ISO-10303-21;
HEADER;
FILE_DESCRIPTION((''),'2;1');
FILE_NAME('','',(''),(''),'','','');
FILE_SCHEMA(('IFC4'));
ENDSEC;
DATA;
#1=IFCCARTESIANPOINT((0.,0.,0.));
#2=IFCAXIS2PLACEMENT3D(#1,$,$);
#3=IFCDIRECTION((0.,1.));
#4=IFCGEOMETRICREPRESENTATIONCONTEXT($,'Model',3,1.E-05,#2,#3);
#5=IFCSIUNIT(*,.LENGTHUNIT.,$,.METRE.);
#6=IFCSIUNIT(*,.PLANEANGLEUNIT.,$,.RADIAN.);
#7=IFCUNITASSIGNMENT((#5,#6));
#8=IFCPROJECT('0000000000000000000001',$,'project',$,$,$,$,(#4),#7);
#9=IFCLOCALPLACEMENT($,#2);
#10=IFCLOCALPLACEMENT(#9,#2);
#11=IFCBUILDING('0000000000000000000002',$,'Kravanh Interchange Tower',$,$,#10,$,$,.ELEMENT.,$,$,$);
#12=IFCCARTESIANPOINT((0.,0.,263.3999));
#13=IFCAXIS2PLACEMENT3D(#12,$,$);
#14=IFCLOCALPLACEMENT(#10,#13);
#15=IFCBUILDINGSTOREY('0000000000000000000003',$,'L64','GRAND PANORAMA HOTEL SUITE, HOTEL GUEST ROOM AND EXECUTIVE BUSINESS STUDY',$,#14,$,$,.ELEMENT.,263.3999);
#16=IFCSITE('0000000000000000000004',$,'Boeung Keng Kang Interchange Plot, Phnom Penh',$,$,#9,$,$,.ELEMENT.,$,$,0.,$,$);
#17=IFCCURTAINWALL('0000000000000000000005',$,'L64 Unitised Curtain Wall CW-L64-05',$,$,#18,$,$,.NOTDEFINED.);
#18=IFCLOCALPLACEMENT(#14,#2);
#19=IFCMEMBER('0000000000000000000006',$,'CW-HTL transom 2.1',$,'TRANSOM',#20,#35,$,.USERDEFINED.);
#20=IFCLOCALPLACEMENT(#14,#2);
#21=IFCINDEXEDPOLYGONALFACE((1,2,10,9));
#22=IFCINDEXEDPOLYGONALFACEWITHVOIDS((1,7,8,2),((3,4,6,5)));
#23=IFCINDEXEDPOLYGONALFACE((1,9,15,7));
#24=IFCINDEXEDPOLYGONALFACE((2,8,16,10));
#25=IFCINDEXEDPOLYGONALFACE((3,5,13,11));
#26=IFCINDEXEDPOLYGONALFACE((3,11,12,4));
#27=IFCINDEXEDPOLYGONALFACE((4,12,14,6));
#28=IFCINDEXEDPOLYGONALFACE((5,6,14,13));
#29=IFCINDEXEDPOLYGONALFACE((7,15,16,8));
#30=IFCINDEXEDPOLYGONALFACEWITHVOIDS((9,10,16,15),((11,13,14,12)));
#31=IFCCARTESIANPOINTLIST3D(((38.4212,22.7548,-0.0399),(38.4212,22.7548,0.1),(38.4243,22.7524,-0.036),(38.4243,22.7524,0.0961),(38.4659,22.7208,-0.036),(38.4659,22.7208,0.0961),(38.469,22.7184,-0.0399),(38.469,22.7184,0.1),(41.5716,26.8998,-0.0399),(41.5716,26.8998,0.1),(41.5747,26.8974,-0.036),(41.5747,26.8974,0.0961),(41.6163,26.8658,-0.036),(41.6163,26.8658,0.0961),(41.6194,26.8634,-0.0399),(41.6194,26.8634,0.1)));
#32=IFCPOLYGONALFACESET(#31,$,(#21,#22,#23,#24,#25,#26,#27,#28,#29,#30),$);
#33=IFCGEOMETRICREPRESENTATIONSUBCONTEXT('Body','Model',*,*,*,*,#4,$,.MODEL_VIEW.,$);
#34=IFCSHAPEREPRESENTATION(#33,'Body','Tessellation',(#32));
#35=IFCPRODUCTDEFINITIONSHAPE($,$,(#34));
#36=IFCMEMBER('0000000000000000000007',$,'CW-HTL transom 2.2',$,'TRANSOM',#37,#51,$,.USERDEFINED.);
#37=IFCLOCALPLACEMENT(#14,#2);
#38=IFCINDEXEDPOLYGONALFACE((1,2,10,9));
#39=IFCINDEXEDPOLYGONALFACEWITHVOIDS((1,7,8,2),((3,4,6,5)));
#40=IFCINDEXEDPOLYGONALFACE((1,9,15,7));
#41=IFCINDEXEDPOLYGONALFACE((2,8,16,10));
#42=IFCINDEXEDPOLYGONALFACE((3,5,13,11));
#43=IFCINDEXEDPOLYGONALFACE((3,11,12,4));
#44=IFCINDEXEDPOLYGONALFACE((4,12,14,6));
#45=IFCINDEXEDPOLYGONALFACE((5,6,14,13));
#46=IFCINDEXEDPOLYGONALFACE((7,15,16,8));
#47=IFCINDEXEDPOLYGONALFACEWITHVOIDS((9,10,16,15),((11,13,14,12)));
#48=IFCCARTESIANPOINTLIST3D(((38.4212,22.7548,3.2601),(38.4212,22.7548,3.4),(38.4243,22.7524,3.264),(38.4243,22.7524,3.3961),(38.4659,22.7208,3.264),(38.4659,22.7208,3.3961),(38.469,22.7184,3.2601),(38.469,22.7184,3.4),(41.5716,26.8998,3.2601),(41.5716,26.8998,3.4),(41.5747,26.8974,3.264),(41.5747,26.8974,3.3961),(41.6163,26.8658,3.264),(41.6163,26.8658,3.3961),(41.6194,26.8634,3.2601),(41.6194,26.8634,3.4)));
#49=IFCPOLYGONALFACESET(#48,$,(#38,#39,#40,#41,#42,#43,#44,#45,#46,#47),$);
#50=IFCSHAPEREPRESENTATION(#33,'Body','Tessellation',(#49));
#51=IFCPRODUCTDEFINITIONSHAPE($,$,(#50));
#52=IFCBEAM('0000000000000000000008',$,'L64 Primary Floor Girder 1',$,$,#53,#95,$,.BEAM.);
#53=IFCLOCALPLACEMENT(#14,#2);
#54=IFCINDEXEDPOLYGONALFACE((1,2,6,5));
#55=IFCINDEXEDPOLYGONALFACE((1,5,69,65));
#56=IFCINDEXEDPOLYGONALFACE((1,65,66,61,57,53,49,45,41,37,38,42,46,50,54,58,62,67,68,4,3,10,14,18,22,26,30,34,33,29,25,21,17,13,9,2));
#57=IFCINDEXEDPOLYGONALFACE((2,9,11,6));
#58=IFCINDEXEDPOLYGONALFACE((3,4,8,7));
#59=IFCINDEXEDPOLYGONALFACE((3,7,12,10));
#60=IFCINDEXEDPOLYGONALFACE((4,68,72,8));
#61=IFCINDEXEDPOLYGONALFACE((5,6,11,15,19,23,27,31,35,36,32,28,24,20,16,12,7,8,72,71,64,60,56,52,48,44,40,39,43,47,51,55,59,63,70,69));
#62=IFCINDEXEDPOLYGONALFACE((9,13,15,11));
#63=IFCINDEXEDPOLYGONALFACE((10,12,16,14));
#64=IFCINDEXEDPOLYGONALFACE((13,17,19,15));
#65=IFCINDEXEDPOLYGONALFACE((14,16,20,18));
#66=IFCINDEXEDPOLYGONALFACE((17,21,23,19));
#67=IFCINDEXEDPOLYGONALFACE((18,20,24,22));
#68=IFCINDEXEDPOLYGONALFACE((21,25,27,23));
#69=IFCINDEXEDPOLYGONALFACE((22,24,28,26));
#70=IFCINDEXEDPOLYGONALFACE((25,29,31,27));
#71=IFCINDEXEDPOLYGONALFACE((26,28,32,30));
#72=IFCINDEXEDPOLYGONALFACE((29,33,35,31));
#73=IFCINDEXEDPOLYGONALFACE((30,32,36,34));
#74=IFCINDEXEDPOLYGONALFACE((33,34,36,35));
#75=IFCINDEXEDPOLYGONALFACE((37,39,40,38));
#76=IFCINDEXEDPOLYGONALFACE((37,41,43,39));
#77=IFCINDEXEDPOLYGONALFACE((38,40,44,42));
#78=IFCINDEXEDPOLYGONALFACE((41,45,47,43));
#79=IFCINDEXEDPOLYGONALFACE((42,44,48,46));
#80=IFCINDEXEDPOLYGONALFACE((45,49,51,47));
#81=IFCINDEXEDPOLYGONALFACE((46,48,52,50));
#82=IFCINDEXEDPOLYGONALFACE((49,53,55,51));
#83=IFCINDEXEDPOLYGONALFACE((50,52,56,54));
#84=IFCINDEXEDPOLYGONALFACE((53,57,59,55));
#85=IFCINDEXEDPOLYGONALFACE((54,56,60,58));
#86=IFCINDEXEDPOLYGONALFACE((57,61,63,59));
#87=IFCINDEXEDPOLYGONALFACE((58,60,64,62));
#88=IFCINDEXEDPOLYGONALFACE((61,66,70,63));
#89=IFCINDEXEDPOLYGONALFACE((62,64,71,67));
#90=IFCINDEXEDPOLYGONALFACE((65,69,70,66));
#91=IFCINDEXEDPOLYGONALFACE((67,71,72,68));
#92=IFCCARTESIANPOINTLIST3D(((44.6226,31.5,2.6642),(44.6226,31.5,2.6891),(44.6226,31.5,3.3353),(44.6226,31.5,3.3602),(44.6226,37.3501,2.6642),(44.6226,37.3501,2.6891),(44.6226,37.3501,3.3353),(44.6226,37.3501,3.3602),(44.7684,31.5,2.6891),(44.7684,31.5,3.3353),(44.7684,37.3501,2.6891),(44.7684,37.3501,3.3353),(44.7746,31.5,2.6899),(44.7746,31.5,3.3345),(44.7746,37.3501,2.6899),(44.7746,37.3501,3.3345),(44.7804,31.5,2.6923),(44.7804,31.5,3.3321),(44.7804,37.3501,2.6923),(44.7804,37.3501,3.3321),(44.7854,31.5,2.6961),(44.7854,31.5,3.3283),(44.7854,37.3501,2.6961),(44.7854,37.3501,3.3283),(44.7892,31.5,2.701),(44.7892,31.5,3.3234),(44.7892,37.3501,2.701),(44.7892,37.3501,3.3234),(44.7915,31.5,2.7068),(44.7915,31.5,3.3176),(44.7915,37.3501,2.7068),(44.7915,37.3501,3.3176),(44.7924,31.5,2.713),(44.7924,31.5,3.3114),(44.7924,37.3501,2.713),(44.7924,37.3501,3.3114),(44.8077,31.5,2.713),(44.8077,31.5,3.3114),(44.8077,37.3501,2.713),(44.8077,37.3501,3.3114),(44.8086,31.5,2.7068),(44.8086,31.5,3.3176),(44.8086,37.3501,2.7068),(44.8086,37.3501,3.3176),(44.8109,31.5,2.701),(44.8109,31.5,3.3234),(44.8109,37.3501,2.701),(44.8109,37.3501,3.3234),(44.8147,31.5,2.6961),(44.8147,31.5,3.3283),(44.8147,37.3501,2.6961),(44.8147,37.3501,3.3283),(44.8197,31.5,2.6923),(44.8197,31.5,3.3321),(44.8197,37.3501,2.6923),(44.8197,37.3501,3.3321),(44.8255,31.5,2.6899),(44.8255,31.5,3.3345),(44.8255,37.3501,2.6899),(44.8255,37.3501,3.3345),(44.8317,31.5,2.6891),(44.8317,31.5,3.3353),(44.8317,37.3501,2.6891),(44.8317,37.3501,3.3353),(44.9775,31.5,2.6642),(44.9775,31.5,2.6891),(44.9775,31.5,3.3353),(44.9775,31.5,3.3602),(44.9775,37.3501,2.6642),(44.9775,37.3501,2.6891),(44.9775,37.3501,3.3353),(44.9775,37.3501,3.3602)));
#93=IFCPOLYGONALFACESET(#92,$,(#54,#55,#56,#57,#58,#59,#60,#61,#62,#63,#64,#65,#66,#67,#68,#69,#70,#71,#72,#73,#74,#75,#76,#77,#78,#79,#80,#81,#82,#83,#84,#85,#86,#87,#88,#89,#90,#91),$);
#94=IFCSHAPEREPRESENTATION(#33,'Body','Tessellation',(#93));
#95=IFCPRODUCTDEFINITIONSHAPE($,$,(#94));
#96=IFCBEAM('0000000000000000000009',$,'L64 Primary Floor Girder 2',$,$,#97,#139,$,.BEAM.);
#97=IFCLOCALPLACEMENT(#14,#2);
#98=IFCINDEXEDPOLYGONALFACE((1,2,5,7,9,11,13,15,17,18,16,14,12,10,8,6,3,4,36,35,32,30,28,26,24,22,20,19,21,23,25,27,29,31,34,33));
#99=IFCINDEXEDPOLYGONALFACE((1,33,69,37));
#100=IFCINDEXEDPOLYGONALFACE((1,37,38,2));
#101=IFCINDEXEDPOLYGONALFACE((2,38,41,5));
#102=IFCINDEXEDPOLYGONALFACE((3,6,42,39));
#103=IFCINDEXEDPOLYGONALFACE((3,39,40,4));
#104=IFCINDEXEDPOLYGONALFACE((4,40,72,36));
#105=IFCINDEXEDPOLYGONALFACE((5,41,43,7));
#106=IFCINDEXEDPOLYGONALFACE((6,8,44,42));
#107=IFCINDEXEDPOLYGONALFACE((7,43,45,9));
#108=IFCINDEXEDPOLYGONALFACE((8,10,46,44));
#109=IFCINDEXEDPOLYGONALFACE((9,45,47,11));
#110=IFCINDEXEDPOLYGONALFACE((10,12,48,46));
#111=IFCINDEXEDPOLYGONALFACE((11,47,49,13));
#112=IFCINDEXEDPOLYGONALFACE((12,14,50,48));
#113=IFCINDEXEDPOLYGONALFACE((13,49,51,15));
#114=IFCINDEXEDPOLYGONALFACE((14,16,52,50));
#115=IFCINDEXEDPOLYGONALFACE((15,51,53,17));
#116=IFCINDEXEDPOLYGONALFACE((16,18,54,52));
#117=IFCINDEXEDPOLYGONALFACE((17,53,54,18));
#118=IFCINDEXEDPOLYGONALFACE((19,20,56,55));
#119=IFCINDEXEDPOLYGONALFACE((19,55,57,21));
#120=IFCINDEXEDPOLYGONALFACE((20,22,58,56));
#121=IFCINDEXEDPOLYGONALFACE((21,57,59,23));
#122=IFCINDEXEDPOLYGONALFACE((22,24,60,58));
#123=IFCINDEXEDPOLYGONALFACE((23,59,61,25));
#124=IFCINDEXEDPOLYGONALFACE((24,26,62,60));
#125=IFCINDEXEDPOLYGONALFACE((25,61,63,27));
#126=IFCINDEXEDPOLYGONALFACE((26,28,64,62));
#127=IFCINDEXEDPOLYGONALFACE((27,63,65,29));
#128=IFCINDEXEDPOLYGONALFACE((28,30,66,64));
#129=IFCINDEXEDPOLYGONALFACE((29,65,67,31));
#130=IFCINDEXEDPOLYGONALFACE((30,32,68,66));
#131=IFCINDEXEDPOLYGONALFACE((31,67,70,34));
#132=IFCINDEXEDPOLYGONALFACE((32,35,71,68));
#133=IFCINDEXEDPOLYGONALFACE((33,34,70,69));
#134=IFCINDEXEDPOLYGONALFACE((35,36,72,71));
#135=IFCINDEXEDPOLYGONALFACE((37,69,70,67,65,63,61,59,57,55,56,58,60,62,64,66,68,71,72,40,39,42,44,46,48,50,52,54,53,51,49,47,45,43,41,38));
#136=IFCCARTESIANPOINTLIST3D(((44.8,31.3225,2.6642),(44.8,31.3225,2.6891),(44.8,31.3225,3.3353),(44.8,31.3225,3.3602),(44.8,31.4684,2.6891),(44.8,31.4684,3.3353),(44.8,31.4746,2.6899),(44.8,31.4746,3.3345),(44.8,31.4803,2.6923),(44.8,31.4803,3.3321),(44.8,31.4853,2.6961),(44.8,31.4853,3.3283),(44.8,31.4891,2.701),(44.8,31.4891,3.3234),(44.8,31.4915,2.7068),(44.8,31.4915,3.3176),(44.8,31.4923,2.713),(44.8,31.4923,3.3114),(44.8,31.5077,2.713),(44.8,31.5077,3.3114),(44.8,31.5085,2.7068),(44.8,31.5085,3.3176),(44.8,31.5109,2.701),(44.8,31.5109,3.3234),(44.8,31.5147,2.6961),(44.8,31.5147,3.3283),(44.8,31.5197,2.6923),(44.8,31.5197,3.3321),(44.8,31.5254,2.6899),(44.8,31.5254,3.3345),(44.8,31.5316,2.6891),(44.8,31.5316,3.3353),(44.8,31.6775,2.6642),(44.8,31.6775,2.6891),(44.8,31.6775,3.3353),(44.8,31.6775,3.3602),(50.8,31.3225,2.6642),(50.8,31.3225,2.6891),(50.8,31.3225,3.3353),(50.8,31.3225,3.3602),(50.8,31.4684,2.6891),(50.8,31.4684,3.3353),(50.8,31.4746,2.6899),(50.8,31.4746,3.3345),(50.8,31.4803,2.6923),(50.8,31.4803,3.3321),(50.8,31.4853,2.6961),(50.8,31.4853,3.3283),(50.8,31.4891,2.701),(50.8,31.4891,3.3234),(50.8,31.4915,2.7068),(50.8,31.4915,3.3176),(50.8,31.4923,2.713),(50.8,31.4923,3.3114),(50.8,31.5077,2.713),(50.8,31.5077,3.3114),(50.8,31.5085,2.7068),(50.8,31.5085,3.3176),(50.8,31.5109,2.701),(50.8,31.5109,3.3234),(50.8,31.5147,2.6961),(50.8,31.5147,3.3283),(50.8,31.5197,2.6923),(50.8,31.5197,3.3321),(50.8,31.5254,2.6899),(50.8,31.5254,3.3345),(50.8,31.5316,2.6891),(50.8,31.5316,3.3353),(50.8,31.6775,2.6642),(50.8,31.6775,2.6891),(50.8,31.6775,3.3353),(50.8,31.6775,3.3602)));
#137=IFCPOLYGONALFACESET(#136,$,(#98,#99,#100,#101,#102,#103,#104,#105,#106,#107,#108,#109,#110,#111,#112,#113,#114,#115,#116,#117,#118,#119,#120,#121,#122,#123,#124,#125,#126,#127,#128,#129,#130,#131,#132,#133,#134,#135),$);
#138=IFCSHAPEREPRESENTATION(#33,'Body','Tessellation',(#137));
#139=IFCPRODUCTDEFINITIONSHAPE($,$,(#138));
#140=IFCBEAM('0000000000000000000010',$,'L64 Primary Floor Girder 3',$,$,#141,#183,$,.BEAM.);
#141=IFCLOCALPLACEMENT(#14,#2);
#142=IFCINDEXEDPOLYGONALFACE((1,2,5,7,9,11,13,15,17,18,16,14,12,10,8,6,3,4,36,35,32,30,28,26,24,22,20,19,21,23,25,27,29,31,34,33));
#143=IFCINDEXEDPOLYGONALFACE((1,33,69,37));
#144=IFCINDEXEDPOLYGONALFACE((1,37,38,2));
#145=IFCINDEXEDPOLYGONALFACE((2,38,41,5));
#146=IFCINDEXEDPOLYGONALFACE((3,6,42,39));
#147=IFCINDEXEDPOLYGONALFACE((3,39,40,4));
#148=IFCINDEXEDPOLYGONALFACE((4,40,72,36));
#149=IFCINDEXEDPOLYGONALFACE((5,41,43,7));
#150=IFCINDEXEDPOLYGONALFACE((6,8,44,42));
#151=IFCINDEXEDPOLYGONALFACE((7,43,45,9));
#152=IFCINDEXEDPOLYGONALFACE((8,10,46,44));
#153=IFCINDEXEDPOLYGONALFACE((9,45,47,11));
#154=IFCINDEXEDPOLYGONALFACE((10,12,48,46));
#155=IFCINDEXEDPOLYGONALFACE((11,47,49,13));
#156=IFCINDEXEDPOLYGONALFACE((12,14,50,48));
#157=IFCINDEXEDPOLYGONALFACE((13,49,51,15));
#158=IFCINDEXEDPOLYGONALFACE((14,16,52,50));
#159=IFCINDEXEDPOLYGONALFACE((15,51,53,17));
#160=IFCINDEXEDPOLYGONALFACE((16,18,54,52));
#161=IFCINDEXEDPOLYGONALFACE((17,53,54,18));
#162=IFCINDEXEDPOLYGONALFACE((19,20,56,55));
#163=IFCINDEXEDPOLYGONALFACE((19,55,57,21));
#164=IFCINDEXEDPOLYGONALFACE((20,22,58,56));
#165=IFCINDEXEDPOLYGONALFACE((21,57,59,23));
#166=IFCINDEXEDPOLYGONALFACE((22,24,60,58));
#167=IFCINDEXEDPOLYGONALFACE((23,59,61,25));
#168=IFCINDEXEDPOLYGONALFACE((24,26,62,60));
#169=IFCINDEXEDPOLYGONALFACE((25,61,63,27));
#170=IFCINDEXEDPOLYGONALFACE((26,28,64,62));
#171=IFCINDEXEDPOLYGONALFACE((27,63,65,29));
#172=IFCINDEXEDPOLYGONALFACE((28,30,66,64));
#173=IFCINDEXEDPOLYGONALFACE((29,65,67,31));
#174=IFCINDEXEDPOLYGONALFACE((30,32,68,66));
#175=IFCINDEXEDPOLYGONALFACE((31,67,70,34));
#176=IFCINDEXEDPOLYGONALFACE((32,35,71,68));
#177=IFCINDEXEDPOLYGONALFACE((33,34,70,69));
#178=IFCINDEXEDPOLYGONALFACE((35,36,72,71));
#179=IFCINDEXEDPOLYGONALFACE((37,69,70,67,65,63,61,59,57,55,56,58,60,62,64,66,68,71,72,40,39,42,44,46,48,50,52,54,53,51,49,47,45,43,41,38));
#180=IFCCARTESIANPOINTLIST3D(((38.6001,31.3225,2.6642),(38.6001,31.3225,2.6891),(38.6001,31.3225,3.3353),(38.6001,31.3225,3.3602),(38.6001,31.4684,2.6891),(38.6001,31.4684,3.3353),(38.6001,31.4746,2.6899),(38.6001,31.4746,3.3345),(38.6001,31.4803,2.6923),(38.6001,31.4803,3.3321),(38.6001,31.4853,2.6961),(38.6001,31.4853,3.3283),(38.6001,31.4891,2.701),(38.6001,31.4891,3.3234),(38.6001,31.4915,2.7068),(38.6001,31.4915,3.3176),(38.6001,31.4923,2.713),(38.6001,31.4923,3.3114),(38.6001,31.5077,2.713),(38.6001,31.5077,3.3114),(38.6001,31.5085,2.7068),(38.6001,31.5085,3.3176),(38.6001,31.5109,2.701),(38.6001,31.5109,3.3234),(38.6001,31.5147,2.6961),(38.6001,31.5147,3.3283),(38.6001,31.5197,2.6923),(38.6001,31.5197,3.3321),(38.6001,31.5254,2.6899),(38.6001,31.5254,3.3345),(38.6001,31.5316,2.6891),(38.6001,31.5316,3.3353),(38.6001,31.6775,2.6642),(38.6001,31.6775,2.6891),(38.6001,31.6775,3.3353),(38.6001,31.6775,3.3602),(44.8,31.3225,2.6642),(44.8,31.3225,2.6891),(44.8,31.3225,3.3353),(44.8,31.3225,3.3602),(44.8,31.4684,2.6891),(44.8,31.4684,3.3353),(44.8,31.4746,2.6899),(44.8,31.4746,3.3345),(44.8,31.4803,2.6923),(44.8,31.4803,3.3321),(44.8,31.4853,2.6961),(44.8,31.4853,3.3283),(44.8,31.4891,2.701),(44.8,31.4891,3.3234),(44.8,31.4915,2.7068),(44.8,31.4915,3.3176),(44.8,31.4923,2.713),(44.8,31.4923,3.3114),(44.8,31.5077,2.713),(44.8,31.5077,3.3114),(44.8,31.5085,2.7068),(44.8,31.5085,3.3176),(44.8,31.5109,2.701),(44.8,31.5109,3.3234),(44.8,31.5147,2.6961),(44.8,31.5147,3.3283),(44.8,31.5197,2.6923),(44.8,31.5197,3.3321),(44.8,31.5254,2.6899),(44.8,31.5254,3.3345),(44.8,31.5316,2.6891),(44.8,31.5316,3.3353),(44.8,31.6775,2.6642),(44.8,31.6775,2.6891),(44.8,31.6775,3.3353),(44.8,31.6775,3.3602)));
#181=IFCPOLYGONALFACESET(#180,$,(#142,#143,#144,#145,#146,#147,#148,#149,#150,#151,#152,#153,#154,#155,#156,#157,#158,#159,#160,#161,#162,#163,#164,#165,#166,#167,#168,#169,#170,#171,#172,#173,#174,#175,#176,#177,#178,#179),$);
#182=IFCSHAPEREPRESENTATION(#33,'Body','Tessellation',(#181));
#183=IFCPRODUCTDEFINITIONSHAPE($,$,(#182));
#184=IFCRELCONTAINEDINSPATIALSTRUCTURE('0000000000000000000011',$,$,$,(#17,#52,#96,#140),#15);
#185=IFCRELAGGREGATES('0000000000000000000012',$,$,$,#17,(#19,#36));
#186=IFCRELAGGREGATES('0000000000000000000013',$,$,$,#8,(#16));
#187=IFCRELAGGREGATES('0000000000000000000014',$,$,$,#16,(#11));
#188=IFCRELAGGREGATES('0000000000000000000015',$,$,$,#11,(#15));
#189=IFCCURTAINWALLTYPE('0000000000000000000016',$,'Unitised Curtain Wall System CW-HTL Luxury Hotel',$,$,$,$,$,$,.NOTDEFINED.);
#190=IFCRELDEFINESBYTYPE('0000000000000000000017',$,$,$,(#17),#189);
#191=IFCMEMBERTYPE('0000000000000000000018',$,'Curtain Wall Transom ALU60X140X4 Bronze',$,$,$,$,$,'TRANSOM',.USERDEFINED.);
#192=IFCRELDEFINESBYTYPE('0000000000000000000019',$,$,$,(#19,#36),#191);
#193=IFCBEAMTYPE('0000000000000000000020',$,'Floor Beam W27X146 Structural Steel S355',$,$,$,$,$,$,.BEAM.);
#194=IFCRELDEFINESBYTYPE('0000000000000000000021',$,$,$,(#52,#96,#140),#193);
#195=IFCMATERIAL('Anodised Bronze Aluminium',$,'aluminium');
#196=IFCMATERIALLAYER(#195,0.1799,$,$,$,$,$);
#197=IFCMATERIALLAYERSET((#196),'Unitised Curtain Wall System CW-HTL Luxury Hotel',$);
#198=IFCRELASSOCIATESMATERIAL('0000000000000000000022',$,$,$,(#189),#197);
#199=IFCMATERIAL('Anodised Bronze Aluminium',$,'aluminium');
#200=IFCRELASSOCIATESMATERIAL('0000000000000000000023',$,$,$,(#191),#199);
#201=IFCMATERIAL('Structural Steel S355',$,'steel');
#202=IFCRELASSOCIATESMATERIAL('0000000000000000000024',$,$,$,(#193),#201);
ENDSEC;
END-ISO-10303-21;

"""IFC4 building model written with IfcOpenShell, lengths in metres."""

from ifc_helpers import new_model, si_unit, direction, frame, origin, origin_2d, place, context, subcontext, project, spatial, hollow_rectangle, i_section, extrude, material, layer, layer_set, material_profile, profile_set, type_object, element, aggregate, save


model = new_model("IFC4")

# Units and contexts
model_context = context("Model", 3, precision=1e-05, world=origin(), true_north=direction((0.0, 1.0)))
body_context = subcontext(model_context, "Body", "Model", "MODEL_VIEW")
ifc_project = project(units=[si_unit("LENGTHUNIT", "METRE"), si_unit("PLANEANGLEUNIT", "RADIAN")], contexts=[model_context])

# Site, building, storey
site_placement = place(None, origin())
site = spatial("IfcSite", under=ifc_project, at=site_placement, Name="Boeung Keng Kang Interchange Plot, Phnom Penh", CompositionType="ELEMENT", RefElevation=0.0)
building_placement = place(site_placement, origin())
building = spatial("IfcBuilding", under=site, at=building_placement, Name="Kravanh Interchange Tower", CompositionType="ELEMENT")
storey_placement = place(building_placement, frame((0.0, 0.0, 263.3999)))
storey = spatial("IfcBuildingStorey", under=building, at=storey_placement, Name="L64", Description="GRAND PANORAMA HOTEL SUITE, HOTEL GUEST ROOM AND EXECUTIVE BUSINESS STUDY", CompositionType="ELEMENT", Elevation=263.3999)

# Curtain wall
ifc_material_1 = material(Name="Anodised Bronze Aluminium", Category="aluminium")
ifc_layer_1 = layer(ifc_material_1, 0.1799)
ifc_layer_set_1 = layer_set([ifc_layer_1], Name="Unitised Curtain Wall System CW-HTL Luxury Hotel")
curtain_wall_type = type_object("IfcCurtainWallType", Name="Unitised Curtain Wall System CW-HTL Luxury Hotel", PredefinedType="NOTDEFINED", material=ifc_layer_set_1)
curtain_wall_1_placement = place(storey_placement, origin())
curtain_wall_1 = element("IfcCurtainWall", 1, at=curtain_wall_1_placement, inside=storey, type_object=curtain_wall_type, Name="L64 Unitised Curtain Wall CW-L64-05", PredefinedType="NOTDEFINED")

# Members
ifc_material_2 = material(Name="Anodised Bronze Aluminium", Category="aluminium")
ifc_material_profile_1 = material_profile(ifc_material_2, hollow_rectangle(XDim=0.0601, YDim=0.1399, WallThickness=0.0039, at=origin_2d()), Name="ALU60X140X4")
ifc_profile_set_1 = profile_set([ifc_material_profile_1], Name="Anodised Bronze Aluminium")
member_type_1 = type_object("IfcMemberType", Name="Curtain Wall Transom ALU60X140X4 Bronze", ElementType="TRANSOM", PredefinedType="USERDEFINED", material=ifc_profile_set_1)
member_1_placement = place(storey_placement, frame((41.5955, 26.8816, 0.03), z_axis=(-0.605105, -0.796146, 0.0), x_axis=(0.796146, -0.605105, 0.0)))
member_1 = element("IfcMember", 2, at=member_1_placement, type_object=member_type_1, Name="CW-HTL transom 2.1", ObjectType="TRANSOM", PredefinedType="USERDEFINED", context=body_context, shape_type="SweptSolid", body=[
    extrude(hollow_rectangle(XDim=0.0601, YDim=0.1399, WallThickness=0.0039, at=origin_2d()), origin(), (0.0, 0.0, 1.0), 5.2063),
])
member_2_placement = place(storey_placement, frame((41.5955, 26.8816, 3.3301), z_axis=(-0.605105, -0.796146, 0.0), x_axis=(0.796146, -0.605105, 0.0)))
member_2 = element("IfcMember", 3, at=member_2_placement, type_object=member_type_1, Name="CW-HTL transom 2.2", ObjectType="TRANSOM", PredefinedType="USERDEFINED", context=body_context, shape_type="SweptSolid", body=[
    extrude(hollow_rectangle(XDim=0.0601, YDim=0.1399, WallThickness=0.0039, at=origin_2d()), origin(), (0.0, 0.0, 1.0), 5.2063),
])

# Beams
ifc_material_3 = material(Name="Structural Steel S355", Category="steel")
ifc_material_profile_2 = material_profile(ifc_material_3, i_section(OverallWidth=0.355, OverallDepth=0.696, WebThickness=0.0154, FlangeThickness=0.0249, FilletRadius=0.0239, at=origin_2d()), Name="W27X146")
ifc_profile_set_2 = profile_set([ifc_material_profile_2], Name="Structural Steel S355")
beam_type_1 = type_object("IfcBeamType", Name="Floor Beam W27X146 Structural Steel S355", PredefinedType="BEAM", material=ifc_profile_set_2)
beam_1_placement = place(storey_placement, frame((44.8, 31.5, 3.0122), z_axis=(0.0, 1.0, 0.0), x_axis=(-1.0, 0.0, 0.0)))
element("IfcBeam", 4, at=beam_1_placement, inside=storey, type_object=beam_type_1, Name="L64 Primary Floor Girder 1", PredefinedType="BEAM", context=body_context, shape_type="SweptSolid", body=[
    extrude(i_section(OverallWidth=0.355, OverallDepth=0.696, WebThickness=0.0154, FlangeThickness=0.0249, FilletRadius=0.0239, at=origin_2d()), origin(), (0.0, 0.0, 1.0), 5.8501),
])
beam_2_placement = place(storey_placement, frame((44.8, 31.5, 3.0122), z_axis=(1.0, 0.0, 0.0), x_axis=(0.0, 1.0, 0.0)))
element("IfcBeam", 5, at=beam_2_placement, inside=storey, type_object=beam_type_1, Name="L64 Primary Floor Girder 2", PredefinedType="BEAM", context=body_context, shape_type="SweptSolid", body=[
    extrude(i_section(OverallWidth=0.355, OverallDepth=0.696, WebThickness=0.0154, FlangeThickness=0.0249, FilletRadius=0.0239, at=origin_2d()), origin(), (0.0, 0.0, 1.0), 6.0),
])
beam_3_placement = place(storey_placement, frame((44.8, 31.5, 3.0122), z_axis=(-1.0, 0.0, 0.0), x_axis=(0.0, -1.0, 0.0)))
element("IfcBeam", 6, at=beam_3_placement, inside=storey, type_object=beam_type_1, Name="L64 Primary Floor Girder 3", PredefinedType="BEAM", context=body_context, shape_type="SweptSolid", body=[
    extrude(i_section(OverallWidth=0.355, OverallDepth=0.696, WebThickness=0.0154, FlangeThickness=0.0249, FilletRadius=0.0239, at=origin_2d()), origin(), (0.0, 0.0, 1.0), 6.2),
])

aggregate(curtain_wall_1, [member_1, member_2])

save(model, "model.ifc")
